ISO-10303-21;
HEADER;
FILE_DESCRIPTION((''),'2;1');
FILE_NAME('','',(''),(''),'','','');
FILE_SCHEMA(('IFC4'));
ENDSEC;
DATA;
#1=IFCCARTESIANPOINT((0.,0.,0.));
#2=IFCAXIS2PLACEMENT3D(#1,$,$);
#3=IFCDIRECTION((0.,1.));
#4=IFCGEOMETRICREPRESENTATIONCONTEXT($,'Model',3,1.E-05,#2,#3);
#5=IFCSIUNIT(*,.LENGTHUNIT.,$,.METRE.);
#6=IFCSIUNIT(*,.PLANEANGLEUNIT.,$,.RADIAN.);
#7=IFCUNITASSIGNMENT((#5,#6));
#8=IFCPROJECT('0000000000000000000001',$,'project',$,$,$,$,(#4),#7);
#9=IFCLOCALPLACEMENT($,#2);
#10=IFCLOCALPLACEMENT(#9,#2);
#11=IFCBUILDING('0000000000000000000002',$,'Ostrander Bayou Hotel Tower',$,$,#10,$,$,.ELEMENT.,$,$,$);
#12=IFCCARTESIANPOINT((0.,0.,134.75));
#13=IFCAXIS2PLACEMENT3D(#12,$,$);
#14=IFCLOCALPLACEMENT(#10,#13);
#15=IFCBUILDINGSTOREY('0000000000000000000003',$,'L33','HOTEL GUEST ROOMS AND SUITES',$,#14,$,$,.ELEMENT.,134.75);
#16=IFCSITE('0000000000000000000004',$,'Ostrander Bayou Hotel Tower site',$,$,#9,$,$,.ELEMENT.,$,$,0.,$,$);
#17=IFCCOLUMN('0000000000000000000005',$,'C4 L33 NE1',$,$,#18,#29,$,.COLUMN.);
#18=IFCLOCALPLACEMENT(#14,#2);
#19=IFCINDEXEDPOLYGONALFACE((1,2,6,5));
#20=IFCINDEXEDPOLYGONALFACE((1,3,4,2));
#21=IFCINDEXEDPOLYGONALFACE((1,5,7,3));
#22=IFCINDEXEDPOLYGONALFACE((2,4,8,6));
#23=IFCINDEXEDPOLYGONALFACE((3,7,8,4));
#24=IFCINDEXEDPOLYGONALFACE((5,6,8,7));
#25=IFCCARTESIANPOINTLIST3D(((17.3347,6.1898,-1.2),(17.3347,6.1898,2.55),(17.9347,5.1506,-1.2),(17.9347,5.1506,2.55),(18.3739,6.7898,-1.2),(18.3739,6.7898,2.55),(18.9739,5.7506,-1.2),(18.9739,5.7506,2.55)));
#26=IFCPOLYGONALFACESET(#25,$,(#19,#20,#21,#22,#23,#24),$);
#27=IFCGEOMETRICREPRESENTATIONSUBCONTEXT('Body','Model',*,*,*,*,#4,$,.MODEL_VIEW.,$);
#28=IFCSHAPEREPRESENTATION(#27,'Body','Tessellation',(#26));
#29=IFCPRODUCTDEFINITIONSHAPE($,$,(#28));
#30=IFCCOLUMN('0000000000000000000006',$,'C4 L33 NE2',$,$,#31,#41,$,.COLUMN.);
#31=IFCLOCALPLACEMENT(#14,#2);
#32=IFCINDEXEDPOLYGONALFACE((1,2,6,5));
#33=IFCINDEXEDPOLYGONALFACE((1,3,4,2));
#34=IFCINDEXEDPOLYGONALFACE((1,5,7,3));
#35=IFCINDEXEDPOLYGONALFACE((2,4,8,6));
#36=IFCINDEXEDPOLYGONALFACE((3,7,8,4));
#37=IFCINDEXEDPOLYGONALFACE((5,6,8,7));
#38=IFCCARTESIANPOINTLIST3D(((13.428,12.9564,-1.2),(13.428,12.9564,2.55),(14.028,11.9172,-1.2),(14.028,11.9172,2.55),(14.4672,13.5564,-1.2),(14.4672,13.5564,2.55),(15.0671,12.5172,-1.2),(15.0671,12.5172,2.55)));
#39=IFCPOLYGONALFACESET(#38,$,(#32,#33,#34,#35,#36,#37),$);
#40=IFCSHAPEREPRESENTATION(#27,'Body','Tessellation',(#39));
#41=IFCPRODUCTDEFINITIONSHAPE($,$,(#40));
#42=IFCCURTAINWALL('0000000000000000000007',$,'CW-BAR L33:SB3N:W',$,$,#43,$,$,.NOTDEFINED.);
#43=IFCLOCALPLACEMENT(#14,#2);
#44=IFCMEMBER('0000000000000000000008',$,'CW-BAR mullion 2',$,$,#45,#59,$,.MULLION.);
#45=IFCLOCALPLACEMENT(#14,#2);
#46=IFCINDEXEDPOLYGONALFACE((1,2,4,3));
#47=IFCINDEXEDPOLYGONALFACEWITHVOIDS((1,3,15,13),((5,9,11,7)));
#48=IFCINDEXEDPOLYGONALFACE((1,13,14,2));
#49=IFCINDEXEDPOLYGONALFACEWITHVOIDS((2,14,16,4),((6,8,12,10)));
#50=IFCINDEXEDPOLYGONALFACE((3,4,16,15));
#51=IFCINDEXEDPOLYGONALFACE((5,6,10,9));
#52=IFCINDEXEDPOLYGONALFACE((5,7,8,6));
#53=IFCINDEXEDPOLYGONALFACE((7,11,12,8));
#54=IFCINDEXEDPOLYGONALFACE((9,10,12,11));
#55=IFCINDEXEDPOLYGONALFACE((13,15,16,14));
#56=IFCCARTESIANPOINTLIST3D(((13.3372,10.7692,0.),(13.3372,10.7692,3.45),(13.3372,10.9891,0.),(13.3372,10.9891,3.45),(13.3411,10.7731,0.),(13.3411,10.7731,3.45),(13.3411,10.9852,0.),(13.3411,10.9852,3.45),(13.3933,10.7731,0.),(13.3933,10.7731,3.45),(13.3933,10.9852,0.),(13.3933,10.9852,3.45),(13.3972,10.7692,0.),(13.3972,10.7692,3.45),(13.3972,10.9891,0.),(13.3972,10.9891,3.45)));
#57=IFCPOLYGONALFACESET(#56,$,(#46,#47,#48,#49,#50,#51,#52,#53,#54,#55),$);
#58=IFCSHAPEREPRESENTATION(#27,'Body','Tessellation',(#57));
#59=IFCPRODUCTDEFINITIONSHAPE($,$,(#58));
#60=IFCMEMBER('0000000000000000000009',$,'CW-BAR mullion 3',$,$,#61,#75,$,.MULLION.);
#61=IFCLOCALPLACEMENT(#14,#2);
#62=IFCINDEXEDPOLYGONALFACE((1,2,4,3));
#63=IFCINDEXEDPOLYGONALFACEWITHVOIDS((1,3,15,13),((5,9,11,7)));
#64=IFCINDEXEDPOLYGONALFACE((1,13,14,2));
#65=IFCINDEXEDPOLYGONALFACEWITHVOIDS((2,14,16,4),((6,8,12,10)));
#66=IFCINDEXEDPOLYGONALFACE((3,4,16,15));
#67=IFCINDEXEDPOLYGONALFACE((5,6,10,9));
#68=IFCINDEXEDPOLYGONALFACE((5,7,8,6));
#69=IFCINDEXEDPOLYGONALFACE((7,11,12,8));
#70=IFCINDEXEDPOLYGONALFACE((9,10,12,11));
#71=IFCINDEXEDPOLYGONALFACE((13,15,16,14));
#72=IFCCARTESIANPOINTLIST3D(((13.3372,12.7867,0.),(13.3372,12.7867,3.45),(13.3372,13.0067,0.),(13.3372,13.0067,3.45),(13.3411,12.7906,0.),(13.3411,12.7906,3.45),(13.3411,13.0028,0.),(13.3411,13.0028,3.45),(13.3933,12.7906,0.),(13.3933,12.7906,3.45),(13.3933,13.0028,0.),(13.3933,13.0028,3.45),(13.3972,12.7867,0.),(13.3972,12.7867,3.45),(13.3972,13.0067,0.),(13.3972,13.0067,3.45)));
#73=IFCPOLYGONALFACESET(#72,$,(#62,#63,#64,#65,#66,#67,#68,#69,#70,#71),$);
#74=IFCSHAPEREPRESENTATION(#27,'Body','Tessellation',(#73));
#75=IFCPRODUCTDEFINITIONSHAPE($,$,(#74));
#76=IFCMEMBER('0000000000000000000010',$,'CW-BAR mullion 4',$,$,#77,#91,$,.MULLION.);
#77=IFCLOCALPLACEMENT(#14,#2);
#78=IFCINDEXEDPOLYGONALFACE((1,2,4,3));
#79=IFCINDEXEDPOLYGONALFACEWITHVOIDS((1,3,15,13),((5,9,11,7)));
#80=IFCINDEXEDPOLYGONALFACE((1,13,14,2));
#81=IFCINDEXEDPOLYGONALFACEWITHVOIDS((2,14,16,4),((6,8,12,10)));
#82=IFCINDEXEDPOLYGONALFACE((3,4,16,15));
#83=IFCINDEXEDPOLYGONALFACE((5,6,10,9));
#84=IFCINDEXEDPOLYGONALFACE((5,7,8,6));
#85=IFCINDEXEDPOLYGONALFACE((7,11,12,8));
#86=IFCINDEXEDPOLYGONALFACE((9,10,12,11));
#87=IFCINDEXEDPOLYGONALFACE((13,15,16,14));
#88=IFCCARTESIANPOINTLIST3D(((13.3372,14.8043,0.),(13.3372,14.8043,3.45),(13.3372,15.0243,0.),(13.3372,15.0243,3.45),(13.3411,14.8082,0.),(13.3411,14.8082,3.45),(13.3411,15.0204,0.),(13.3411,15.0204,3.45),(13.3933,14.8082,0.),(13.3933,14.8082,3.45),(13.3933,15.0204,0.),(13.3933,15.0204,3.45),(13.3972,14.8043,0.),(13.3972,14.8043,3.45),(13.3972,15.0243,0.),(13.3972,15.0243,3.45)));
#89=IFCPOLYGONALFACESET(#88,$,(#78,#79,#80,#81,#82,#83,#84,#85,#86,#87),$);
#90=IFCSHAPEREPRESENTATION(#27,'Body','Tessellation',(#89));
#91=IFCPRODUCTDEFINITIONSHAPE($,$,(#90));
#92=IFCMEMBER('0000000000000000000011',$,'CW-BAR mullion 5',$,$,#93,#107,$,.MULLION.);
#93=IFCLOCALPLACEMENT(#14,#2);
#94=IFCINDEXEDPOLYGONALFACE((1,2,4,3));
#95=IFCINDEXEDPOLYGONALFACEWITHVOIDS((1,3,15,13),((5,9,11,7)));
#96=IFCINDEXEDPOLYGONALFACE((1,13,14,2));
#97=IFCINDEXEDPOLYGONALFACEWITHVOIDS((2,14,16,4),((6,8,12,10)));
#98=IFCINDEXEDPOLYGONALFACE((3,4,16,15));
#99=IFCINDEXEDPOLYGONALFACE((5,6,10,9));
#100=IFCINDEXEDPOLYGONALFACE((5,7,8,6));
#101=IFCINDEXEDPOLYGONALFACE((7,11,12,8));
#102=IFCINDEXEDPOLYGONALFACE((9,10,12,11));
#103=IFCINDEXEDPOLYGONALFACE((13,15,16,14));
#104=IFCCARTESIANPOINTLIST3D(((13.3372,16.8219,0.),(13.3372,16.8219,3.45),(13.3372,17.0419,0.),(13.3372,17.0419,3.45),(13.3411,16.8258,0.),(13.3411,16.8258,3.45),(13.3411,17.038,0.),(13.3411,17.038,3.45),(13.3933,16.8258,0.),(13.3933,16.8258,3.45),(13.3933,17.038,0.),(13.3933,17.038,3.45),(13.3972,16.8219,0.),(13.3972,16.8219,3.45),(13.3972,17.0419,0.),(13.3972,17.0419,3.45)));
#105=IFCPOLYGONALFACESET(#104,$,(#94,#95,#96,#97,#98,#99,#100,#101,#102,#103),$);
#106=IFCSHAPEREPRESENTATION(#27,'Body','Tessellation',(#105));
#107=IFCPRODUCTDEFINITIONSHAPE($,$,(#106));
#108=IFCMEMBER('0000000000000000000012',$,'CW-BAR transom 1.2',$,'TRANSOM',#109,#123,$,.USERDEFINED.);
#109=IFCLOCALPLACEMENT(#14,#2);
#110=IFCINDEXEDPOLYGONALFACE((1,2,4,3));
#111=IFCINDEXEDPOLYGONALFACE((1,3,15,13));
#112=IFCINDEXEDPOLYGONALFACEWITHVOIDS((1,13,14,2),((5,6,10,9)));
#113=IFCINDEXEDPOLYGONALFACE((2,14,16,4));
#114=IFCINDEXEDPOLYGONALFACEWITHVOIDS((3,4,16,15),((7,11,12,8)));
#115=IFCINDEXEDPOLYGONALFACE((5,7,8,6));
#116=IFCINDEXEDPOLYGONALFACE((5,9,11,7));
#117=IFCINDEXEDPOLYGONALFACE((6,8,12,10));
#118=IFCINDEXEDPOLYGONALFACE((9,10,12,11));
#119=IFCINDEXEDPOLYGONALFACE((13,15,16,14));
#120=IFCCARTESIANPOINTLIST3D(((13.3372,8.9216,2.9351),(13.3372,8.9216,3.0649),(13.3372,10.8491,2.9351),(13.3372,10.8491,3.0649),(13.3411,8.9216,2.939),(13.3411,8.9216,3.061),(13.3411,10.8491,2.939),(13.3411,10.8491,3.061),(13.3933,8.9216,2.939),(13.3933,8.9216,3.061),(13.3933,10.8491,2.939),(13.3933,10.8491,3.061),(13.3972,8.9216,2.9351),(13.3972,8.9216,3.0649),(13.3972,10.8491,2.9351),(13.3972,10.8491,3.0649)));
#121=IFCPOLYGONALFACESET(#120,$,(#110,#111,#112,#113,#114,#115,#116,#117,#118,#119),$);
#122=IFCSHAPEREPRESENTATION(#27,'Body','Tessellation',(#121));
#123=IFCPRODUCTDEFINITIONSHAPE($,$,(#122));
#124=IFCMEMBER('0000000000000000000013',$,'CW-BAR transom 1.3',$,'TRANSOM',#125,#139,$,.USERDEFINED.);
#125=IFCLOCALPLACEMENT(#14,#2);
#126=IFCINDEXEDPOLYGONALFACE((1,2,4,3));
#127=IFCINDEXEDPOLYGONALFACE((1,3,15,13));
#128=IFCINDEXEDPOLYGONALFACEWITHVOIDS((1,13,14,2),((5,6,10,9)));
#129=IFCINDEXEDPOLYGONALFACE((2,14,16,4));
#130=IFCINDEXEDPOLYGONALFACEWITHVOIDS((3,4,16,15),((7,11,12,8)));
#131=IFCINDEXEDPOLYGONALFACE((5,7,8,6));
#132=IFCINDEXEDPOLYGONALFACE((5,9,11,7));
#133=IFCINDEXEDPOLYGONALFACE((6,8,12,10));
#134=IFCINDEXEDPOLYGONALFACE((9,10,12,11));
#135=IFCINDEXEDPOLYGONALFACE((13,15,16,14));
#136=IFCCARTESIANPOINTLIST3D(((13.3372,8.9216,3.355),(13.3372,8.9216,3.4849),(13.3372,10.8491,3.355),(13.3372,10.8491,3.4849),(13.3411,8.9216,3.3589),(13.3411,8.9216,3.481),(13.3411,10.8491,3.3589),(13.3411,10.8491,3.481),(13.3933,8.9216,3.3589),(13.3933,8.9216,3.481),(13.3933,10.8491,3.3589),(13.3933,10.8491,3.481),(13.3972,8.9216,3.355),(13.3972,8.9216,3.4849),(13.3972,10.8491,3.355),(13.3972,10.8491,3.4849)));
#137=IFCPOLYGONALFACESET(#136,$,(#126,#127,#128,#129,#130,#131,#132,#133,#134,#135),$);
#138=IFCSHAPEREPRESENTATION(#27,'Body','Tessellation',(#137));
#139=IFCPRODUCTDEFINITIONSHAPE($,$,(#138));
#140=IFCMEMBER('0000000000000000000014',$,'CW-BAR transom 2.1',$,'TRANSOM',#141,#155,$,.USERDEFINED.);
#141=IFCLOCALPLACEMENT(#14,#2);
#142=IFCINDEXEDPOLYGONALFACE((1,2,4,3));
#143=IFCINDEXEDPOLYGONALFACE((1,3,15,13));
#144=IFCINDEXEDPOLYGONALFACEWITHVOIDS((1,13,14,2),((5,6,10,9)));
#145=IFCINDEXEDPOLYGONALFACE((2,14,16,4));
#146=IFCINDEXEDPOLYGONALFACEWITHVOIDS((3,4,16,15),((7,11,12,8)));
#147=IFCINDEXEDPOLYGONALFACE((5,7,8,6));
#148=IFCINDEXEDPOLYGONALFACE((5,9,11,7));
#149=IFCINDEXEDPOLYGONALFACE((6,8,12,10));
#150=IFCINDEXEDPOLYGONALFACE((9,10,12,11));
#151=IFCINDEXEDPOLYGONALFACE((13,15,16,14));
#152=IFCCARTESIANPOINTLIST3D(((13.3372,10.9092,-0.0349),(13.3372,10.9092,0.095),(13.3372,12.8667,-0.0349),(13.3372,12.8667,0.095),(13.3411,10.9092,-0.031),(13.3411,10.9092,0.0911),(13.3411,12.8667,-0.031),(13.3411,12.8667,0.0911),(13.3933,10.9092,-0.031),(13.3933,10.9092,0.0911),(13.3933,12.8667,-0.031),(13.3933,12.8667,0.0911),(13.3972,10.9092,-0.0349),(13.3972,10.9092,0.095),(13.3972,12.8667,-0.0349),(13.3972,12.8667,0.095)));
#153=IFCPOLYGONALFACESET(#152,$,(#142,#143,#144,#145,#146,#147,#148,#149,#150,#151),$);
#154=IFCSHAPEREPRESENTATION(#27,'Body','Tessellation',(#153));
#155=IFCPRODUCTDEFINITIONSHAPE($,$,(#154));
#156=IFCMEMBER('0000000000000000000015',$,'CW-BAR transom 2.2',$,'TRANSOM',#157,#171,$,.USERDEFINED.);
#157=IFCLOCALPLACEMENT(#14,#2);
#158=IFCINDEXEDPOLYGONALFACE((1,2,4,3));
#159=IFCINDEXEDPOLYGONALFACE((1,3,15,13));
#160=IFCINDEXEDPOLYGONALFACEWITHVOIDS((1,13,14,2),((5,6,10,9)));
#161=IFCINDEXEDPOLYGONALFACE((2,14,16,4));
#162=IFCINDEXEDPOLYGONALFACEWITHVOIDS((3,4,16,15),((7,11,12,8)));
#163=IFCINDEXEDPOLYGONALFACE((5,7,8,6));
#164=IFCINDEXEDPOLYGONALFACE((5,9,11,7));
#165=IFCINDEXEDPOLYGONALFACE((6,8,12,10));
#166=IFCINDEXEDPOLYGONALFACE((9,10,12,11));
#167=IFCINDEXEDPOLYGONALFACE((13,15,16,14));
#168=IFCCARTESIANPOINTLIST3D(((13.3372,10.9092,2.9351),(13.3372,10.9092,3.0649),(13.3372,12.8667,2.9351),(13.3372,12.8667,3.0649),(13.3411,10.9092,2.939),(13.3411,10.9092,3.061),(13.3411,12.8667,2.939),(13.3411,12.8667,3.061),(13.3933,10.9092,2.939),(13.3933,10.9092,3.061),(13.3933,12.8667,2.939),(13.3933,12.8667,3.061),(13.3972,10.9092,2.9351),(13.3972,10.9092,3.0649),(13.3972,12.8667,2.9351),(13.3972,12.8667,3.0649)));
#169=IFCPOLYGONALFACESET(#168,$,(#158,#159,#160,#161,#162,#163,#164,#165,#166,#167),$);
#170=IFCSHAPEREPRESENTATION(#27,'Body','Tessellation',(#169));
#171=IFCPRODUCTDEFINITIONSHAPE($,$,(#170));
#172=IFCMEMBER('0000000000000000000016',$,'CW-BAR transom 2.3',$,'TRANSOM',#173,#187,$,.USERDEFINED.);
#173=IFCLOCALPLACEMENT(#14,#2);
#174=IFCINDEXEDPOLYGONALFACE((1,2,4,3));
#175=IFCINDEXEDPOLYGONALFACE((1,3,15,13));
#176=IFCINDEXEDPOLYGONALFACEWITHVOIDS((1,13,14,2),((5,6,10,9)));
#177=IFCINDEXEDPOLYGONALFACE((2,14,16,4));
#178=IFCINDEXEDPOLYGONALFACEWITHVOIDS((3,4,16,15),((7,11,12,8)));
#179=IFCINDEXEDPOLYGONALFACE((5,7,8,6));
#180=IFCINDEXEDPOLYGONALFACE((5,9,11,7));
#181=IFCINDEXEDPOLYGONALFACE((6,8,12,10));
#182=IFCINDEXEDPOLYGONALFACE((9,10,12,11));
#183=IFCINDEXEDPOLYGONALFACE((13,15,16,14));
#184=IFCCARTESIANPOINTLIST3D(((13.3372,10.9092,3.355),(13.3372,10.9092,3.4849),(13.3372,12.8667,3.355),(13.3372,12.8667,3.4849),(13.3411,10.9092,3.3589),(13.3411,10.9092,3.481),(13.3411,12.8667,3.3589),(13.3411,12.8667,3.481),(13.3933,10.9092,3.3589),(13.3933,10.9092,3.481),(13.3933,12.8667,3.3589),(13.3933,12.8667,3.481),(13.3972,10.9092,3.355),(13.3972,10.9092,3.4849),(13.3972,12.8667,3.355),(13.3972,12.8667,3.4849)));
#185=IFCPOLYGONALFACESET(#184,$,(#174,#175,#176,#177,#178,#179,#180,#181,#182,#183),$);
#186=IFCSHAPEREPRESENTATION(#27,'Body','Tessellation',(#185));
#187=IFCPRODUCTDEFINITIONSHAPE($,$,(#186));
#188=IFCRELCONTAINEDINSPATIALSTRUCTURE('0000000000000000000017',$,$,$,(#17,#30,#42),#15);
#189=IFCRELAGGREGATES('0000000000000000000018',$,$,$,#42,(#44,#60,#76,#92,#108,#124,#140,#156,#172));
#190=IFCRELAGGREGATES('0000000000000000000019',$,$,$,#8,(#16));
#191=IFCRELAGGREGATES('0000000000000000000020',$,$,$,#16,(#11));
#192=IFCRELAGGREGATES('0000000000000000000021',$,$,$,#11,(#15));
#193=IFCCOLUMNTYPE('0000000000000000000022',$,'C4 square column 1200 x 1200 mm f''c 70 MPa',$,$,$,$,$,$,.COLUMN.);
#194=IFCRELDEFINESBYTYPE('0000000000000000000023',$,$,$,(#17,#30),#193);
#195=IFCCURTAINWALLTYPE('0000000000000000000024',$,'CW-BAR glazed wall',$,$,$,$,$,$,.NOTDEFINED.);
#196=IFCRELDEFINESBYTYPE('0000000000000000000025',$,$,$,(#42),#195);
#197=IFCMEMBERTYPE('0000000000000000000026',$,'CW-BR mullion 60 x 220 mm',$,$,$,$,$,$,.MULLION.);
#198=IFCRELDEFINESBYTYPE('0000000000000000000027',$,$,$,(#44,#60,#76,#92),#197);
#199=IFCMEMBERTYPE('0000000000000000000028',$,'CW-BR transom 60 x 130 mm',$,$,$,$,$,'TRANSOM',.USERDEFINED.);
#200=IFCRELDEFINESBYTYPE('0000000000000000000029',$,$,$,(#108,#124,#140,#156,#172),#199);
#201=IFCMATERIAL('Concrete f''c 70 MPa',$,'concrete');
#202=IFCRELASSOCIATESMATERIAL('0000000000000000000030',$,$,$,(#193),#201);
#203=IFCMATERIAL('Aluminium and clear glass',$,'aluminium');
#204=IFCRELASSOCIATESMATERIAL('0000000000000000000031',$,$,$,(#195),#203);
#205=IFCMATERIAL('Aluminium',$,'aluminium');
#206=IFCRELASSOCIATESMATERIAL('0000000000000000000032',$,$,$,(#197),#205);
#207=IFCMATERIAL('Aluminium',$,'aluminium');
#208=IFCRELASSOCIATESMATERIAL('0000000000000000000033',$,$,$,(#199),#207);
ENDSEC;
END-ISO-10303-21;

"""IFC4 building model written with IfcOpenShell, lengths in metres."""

from ifc_helpers import new_model, si_unit, direction, frame, origin, origin_2d, place, context, subcontext, project, spatial, rectangle, hollow_rectangle, extrude, material, material_profile, profile_set, type_object, element, aggregate, save


model = new_model("IFC4")

# Units and contexts
model_context = context("Model", 3, precision=1e-05, world=origin(), true_north=direction((0.0, 1.0)))
body_context = subcontext(model_context, "Body", "Model", "MODEL_VIEW")
ifc_project = project(units=[si_unit("LENGTHUNIT", "METRE"), si_unit("PLANEANGLEUNIT", "RADIAN")], contexts=[model_context])

# Site, building, storey
site_placement = place(None, origin())
site = spatial("IfcSite", under=ifc_project, at=site_placement, Name="Ostrander Bayou Hotel Tower site", CompositionType="ELEMENT", RefElevation=0.0)
building_placement = place(site_placement, origin())
building = spatial("IfcBuilding", under=site, at=building_placement, Name="Ostrander Bayou Hotel Tower", CompositionType="ELEMENT")
storey_placement = place(building_placement, frame((0.0, 0.0, 134.75)))
storey = spatial("IfcBuildingStorey", under=building, at=storey_placement, Name="L33", Description="HOTEL GUEST ROOMS AND SUITES", CompositionType="ELEMENT", Elevation=134.75)

# Columns
ifc_material_1 = material(Name="Concrete f'c 70 MPa", Category="concrete")
ifc_material_profile_1 = material_profile(ifc_material_1, rectangle(XDim=1.2, YDim=1.2, at=origin_2d()))
ifc_profile_set_1 = profile_set([ifc_material_profile_1], Name="Concrete f'c 70 MPa")
column_type = type_object("IfcColumnType", Name="C4 square column 1200 x 1200 mm f'c 70 MPa", PredefinedType="COLUMN", material=ifc_profile_set_1)
for number, where, z_axis, x_axis, name in (
    (1, (18.1543, 5.9702, -1.2), (0.0, 0.0, 1.0), (0.5, -0.866025, 0.0), "C4 L33 NE1"),
    (2, (14.2476, 12.7368, -1.2), (0.0, 0.0, 1.0), (0.5, -0.866025, 0.0), "C4 L33 NE2"),
):
    element("IfcColumn", number, at=place(storey_placement, frame(where, z_axis=z_axis, x_axis=x_axis)), inside=storey, type_object=column_type, Name=name, PredefinedType="COLUMN", context=body_context, shape_type="SweptSolid", body=[
        extrude(rectangle(XDim=1.2, YDim=1.2, at=origin_2d()), origin(), (0.0, 0.0, 1.0), 3.75),
    ])

# Curtain wall, members
ifc_material_2 = material(Name="Aluminium and clear glass", Category="aluminium")
curtain_wall_type = type_object("IfcCurtainWallType", Name="CW-BAR glazed wall", PredefinedType="NOTDEFINED", material=ifc_material_2)
curtain_wall_placement = place(storey_placement, origin())
curtain_wall = element("IfcCurtainWall", 3, at=curtain_wall_placement, inside=storey, type_object=curtain_wall_type, Name="CW-BAR L33:SB3N:W", PredefinedType="NOTDEFINED")
ifc_material_3 = material(Name="Aluminium", Category="aluminium")
ifc_material_profile_2 = material_profile(ifc_material_3, hollow_rectangle(XDim=0.0601, YDim=0.22, WallThickness=0.0039, at=origin_2d()))
ifc_profile_set_2 = profile_set([ifc_material_profile_2], Name="Aluminium")
member_type_1 = type_object("IfcMemberType", Name="CW-BR mullion 60 x 220 mm", PredefinedType="MULLION", material=ifc_profile_set_2)
member_1_placement = place(storey_placement, frame((13.3672, 10.8792, 0.0), z_axis=(0.0, 0.0, 1.0), x_axis=(-1.0, 0.0, 0.0)))
member_1 = element("IfcMember", 4, at=member_1_placement, type_object=member_type_1, Name="CW-BAR mullion 2", PredefinedType="MULLION", context=body_context, shape_type="SweptSolid", body=[
    extrude(hollow_rectangle(XDim=0.0601, YDim=0.22, WallThickness=0.0039, at=origin_2d()), origin(), (0.0, 0.0, 1.0), 3.45),
])
member_2_placement = place(storey_placement, frame((13.3672, 12.8967, 0.0), z_axis=(0.0, 0.0, 1.0), x_axis=(-1.0, 0.0, 0.0)))
member_2 = element("IfcMember", 5, at=member_2_placement, type_object=member_type_1, Name="CW-BAR mullion 3", PredefinedType="MULLION", context=body_context, shape_type="SweptSolid", body=[
    extrude(hollow_rectangle(XDim=0.0601, YDim=0.22, WallThickness=0.0039, at=origin_2d()), origin(), (0.0, 0.0, 1.0), 3.45),
])
member_3_placement = place(storey_placement, frame((13.3672, 14.9143, 0.0), z_axis=(0.0, 0.0, 1.0), x_axis=(-1.0, 0.0, 0.0)))
member_3 = element("IfcMember", 6, at=member_3_placement, type_object=member_type_1, Name="CW-BAR mullion 4", PredefinedType="MULLION", context=body_context, shape_type="SweptSolid", body=[
    extrude(hollow_rectangle(XDim=0.0601, YDim=0.22, WallThickness=0.0039, at=origin_2d()), origin(), (0.0, 0.0, 1.0), 3.45),
])
member_4_placement = place(storey_placement, frame((13.3672, 16.9319, 0.0), z_axis=(0.0, 0.0, 1.0), x_axis=(-1.0, 0.0, 0.0)))
member_4 = element("IfcMember", 7, at=member_4_placement, type_object=member_type_1, Name="CW-BAR mullion 5", PredefinedType="MULLION", context=body_context, shape_type="SweptSolid", body=[
    extrude(hollow_rectangle(XDim=0.0601, YDim=0.22, WallThickness=0.0039, at=origin_2d()), origin(), (0.0, 0.0, 1.0), 3.45),
])
ifc_material_4 = material(Name="Aluminium", Category="aluminium")
ifc_material_profile_3 = material_profile(ifc_material_4, hollow_rectangle(XDim=0.0601, YDim=0.1299, WallThickness=0.0039, at=origin_2d()))
ifc_profile_set_3 = profile_set([ifc_material_profile_3], Name="Aluminium")
member_type_2 = type_object("IfcMemberType", Name="CW-BR transom 60 x 130 mm", ElementType="TRANSOM", PredefinedType="USERDEFINED", material=ifc_profile_set_3)
member_5_placement = place(storey_placement, frame((13.3672, 8.9216, 3.0), z_axis=(0.0, 1.0, 0.0), x_axis=(-1.0, 0.0, 0.0)))
member_5 = element("IfcMember", 8, at=member_5_placement, type_object=member_type_2, Name="CW-BAR transom 1.2", ObjectType="TRANSOM", PredefinedType="USERDEFINED", context=body_context, shape_type="SweptSolid", body=[
    extrude(hollow_rectangle(XDim=0.0601, YDim=0.1299, WallThickness=0.0039, at=origin_2d()), origin(), (0.0, 0.0, 1.0), 1.9275),
])
member_6_placement = place(storey_placement, frame((13.3672, 8.9216, 3.4199), z_axis=(0.0, 1.0, 0.0), x_axis=(-1.0, 0.0, 0.0)))
member_6 = element("IfcMember", 9, at=member_6_placement, type_object=member_type_2, Name="CW-BAR transom 1.3", ObjectType="TRANSOM", PredefinedType="USERDEFINED", context=body_context, shape_type="SweptSolid", body=[
    extrude(hollow_rectangle(XDim=0.0601, YDim=0.1299, WallThickness=0.0039, at=origin_2d()), origin(), (0.0, 0.0, 1.0), 1.9275),
])
member_7_placement = place(storey_placement, frame((13.3672, 10.9092, 0.03), z_axis=(0.0, 1.0, 0.0), x_axis=(-1.0, 0.0, 0.0)))
member_7 = element("IfcMember", 10, at=member_7_placement, type_object=member_type_2, Name="CW-BAR transom 2.1", ObjectType="TRANSOM", PredefinedType="USERDEFINED", context=body_context, shape_type="SweptSolid", body=[
    extrude(hollow_rectangle(XDim=0.0601, YDim=0.1299, WallThickness=0.0039, at=origin_2d()), origin(), (0.0, 0.0, 1.0), 1.9575),
])
member_8_placement = place(storey_placement, frame((13.3672, 10.9092, 3.0), z_axis=(0.0, 1.0, 0.0), x_axis=(-1.0, 0.0, 0.0)))
member_8 = element("IfcMember", 11, at=member_8_placement, type_object=member_type_2, Name="CW-BAR transom 2.2", ObjectType="TRANSOM", PredefinedType="USERDEFINED", context=body_context, shape_type="SweptSolid", body=[
    extrude(hollow_rectangle(XDim=0.0601, YDim=0.1299, WallThickness=0.0039, at=origin_2d()), origin(), (0.0, 0.0, 1.0), 1.9575),
])
member_9_placement = place(storey_placement, frame((13.3672, 10.9092, 3.4199), z_axis=(0.0, 1.0, 0.0), x_axis=(-1.0, 0.0, 0.0)))
member_9 = element("IfcMember", 12, at=member_9_placement, type_object=member_type_2, Name="CW-BAR transom 2.3", ObjectType="TRANSOM", PredefinedType="USERDEFINED", context=body_context, shape_type="SweptSolid", body=[
    extrude(hollow_rectangle(XDim=0.0601, YDim=0.1299, WallThickness=0.0039, at=origin_2d()), origin(), (0.0, 0.0, 1.0), 1.9575),
])

aggregate(curtain_wall, [member_1, member_2, member_3, member_4, member_5, member_6, member_7, member_8, member_9])

save(model, "model.ifc")
